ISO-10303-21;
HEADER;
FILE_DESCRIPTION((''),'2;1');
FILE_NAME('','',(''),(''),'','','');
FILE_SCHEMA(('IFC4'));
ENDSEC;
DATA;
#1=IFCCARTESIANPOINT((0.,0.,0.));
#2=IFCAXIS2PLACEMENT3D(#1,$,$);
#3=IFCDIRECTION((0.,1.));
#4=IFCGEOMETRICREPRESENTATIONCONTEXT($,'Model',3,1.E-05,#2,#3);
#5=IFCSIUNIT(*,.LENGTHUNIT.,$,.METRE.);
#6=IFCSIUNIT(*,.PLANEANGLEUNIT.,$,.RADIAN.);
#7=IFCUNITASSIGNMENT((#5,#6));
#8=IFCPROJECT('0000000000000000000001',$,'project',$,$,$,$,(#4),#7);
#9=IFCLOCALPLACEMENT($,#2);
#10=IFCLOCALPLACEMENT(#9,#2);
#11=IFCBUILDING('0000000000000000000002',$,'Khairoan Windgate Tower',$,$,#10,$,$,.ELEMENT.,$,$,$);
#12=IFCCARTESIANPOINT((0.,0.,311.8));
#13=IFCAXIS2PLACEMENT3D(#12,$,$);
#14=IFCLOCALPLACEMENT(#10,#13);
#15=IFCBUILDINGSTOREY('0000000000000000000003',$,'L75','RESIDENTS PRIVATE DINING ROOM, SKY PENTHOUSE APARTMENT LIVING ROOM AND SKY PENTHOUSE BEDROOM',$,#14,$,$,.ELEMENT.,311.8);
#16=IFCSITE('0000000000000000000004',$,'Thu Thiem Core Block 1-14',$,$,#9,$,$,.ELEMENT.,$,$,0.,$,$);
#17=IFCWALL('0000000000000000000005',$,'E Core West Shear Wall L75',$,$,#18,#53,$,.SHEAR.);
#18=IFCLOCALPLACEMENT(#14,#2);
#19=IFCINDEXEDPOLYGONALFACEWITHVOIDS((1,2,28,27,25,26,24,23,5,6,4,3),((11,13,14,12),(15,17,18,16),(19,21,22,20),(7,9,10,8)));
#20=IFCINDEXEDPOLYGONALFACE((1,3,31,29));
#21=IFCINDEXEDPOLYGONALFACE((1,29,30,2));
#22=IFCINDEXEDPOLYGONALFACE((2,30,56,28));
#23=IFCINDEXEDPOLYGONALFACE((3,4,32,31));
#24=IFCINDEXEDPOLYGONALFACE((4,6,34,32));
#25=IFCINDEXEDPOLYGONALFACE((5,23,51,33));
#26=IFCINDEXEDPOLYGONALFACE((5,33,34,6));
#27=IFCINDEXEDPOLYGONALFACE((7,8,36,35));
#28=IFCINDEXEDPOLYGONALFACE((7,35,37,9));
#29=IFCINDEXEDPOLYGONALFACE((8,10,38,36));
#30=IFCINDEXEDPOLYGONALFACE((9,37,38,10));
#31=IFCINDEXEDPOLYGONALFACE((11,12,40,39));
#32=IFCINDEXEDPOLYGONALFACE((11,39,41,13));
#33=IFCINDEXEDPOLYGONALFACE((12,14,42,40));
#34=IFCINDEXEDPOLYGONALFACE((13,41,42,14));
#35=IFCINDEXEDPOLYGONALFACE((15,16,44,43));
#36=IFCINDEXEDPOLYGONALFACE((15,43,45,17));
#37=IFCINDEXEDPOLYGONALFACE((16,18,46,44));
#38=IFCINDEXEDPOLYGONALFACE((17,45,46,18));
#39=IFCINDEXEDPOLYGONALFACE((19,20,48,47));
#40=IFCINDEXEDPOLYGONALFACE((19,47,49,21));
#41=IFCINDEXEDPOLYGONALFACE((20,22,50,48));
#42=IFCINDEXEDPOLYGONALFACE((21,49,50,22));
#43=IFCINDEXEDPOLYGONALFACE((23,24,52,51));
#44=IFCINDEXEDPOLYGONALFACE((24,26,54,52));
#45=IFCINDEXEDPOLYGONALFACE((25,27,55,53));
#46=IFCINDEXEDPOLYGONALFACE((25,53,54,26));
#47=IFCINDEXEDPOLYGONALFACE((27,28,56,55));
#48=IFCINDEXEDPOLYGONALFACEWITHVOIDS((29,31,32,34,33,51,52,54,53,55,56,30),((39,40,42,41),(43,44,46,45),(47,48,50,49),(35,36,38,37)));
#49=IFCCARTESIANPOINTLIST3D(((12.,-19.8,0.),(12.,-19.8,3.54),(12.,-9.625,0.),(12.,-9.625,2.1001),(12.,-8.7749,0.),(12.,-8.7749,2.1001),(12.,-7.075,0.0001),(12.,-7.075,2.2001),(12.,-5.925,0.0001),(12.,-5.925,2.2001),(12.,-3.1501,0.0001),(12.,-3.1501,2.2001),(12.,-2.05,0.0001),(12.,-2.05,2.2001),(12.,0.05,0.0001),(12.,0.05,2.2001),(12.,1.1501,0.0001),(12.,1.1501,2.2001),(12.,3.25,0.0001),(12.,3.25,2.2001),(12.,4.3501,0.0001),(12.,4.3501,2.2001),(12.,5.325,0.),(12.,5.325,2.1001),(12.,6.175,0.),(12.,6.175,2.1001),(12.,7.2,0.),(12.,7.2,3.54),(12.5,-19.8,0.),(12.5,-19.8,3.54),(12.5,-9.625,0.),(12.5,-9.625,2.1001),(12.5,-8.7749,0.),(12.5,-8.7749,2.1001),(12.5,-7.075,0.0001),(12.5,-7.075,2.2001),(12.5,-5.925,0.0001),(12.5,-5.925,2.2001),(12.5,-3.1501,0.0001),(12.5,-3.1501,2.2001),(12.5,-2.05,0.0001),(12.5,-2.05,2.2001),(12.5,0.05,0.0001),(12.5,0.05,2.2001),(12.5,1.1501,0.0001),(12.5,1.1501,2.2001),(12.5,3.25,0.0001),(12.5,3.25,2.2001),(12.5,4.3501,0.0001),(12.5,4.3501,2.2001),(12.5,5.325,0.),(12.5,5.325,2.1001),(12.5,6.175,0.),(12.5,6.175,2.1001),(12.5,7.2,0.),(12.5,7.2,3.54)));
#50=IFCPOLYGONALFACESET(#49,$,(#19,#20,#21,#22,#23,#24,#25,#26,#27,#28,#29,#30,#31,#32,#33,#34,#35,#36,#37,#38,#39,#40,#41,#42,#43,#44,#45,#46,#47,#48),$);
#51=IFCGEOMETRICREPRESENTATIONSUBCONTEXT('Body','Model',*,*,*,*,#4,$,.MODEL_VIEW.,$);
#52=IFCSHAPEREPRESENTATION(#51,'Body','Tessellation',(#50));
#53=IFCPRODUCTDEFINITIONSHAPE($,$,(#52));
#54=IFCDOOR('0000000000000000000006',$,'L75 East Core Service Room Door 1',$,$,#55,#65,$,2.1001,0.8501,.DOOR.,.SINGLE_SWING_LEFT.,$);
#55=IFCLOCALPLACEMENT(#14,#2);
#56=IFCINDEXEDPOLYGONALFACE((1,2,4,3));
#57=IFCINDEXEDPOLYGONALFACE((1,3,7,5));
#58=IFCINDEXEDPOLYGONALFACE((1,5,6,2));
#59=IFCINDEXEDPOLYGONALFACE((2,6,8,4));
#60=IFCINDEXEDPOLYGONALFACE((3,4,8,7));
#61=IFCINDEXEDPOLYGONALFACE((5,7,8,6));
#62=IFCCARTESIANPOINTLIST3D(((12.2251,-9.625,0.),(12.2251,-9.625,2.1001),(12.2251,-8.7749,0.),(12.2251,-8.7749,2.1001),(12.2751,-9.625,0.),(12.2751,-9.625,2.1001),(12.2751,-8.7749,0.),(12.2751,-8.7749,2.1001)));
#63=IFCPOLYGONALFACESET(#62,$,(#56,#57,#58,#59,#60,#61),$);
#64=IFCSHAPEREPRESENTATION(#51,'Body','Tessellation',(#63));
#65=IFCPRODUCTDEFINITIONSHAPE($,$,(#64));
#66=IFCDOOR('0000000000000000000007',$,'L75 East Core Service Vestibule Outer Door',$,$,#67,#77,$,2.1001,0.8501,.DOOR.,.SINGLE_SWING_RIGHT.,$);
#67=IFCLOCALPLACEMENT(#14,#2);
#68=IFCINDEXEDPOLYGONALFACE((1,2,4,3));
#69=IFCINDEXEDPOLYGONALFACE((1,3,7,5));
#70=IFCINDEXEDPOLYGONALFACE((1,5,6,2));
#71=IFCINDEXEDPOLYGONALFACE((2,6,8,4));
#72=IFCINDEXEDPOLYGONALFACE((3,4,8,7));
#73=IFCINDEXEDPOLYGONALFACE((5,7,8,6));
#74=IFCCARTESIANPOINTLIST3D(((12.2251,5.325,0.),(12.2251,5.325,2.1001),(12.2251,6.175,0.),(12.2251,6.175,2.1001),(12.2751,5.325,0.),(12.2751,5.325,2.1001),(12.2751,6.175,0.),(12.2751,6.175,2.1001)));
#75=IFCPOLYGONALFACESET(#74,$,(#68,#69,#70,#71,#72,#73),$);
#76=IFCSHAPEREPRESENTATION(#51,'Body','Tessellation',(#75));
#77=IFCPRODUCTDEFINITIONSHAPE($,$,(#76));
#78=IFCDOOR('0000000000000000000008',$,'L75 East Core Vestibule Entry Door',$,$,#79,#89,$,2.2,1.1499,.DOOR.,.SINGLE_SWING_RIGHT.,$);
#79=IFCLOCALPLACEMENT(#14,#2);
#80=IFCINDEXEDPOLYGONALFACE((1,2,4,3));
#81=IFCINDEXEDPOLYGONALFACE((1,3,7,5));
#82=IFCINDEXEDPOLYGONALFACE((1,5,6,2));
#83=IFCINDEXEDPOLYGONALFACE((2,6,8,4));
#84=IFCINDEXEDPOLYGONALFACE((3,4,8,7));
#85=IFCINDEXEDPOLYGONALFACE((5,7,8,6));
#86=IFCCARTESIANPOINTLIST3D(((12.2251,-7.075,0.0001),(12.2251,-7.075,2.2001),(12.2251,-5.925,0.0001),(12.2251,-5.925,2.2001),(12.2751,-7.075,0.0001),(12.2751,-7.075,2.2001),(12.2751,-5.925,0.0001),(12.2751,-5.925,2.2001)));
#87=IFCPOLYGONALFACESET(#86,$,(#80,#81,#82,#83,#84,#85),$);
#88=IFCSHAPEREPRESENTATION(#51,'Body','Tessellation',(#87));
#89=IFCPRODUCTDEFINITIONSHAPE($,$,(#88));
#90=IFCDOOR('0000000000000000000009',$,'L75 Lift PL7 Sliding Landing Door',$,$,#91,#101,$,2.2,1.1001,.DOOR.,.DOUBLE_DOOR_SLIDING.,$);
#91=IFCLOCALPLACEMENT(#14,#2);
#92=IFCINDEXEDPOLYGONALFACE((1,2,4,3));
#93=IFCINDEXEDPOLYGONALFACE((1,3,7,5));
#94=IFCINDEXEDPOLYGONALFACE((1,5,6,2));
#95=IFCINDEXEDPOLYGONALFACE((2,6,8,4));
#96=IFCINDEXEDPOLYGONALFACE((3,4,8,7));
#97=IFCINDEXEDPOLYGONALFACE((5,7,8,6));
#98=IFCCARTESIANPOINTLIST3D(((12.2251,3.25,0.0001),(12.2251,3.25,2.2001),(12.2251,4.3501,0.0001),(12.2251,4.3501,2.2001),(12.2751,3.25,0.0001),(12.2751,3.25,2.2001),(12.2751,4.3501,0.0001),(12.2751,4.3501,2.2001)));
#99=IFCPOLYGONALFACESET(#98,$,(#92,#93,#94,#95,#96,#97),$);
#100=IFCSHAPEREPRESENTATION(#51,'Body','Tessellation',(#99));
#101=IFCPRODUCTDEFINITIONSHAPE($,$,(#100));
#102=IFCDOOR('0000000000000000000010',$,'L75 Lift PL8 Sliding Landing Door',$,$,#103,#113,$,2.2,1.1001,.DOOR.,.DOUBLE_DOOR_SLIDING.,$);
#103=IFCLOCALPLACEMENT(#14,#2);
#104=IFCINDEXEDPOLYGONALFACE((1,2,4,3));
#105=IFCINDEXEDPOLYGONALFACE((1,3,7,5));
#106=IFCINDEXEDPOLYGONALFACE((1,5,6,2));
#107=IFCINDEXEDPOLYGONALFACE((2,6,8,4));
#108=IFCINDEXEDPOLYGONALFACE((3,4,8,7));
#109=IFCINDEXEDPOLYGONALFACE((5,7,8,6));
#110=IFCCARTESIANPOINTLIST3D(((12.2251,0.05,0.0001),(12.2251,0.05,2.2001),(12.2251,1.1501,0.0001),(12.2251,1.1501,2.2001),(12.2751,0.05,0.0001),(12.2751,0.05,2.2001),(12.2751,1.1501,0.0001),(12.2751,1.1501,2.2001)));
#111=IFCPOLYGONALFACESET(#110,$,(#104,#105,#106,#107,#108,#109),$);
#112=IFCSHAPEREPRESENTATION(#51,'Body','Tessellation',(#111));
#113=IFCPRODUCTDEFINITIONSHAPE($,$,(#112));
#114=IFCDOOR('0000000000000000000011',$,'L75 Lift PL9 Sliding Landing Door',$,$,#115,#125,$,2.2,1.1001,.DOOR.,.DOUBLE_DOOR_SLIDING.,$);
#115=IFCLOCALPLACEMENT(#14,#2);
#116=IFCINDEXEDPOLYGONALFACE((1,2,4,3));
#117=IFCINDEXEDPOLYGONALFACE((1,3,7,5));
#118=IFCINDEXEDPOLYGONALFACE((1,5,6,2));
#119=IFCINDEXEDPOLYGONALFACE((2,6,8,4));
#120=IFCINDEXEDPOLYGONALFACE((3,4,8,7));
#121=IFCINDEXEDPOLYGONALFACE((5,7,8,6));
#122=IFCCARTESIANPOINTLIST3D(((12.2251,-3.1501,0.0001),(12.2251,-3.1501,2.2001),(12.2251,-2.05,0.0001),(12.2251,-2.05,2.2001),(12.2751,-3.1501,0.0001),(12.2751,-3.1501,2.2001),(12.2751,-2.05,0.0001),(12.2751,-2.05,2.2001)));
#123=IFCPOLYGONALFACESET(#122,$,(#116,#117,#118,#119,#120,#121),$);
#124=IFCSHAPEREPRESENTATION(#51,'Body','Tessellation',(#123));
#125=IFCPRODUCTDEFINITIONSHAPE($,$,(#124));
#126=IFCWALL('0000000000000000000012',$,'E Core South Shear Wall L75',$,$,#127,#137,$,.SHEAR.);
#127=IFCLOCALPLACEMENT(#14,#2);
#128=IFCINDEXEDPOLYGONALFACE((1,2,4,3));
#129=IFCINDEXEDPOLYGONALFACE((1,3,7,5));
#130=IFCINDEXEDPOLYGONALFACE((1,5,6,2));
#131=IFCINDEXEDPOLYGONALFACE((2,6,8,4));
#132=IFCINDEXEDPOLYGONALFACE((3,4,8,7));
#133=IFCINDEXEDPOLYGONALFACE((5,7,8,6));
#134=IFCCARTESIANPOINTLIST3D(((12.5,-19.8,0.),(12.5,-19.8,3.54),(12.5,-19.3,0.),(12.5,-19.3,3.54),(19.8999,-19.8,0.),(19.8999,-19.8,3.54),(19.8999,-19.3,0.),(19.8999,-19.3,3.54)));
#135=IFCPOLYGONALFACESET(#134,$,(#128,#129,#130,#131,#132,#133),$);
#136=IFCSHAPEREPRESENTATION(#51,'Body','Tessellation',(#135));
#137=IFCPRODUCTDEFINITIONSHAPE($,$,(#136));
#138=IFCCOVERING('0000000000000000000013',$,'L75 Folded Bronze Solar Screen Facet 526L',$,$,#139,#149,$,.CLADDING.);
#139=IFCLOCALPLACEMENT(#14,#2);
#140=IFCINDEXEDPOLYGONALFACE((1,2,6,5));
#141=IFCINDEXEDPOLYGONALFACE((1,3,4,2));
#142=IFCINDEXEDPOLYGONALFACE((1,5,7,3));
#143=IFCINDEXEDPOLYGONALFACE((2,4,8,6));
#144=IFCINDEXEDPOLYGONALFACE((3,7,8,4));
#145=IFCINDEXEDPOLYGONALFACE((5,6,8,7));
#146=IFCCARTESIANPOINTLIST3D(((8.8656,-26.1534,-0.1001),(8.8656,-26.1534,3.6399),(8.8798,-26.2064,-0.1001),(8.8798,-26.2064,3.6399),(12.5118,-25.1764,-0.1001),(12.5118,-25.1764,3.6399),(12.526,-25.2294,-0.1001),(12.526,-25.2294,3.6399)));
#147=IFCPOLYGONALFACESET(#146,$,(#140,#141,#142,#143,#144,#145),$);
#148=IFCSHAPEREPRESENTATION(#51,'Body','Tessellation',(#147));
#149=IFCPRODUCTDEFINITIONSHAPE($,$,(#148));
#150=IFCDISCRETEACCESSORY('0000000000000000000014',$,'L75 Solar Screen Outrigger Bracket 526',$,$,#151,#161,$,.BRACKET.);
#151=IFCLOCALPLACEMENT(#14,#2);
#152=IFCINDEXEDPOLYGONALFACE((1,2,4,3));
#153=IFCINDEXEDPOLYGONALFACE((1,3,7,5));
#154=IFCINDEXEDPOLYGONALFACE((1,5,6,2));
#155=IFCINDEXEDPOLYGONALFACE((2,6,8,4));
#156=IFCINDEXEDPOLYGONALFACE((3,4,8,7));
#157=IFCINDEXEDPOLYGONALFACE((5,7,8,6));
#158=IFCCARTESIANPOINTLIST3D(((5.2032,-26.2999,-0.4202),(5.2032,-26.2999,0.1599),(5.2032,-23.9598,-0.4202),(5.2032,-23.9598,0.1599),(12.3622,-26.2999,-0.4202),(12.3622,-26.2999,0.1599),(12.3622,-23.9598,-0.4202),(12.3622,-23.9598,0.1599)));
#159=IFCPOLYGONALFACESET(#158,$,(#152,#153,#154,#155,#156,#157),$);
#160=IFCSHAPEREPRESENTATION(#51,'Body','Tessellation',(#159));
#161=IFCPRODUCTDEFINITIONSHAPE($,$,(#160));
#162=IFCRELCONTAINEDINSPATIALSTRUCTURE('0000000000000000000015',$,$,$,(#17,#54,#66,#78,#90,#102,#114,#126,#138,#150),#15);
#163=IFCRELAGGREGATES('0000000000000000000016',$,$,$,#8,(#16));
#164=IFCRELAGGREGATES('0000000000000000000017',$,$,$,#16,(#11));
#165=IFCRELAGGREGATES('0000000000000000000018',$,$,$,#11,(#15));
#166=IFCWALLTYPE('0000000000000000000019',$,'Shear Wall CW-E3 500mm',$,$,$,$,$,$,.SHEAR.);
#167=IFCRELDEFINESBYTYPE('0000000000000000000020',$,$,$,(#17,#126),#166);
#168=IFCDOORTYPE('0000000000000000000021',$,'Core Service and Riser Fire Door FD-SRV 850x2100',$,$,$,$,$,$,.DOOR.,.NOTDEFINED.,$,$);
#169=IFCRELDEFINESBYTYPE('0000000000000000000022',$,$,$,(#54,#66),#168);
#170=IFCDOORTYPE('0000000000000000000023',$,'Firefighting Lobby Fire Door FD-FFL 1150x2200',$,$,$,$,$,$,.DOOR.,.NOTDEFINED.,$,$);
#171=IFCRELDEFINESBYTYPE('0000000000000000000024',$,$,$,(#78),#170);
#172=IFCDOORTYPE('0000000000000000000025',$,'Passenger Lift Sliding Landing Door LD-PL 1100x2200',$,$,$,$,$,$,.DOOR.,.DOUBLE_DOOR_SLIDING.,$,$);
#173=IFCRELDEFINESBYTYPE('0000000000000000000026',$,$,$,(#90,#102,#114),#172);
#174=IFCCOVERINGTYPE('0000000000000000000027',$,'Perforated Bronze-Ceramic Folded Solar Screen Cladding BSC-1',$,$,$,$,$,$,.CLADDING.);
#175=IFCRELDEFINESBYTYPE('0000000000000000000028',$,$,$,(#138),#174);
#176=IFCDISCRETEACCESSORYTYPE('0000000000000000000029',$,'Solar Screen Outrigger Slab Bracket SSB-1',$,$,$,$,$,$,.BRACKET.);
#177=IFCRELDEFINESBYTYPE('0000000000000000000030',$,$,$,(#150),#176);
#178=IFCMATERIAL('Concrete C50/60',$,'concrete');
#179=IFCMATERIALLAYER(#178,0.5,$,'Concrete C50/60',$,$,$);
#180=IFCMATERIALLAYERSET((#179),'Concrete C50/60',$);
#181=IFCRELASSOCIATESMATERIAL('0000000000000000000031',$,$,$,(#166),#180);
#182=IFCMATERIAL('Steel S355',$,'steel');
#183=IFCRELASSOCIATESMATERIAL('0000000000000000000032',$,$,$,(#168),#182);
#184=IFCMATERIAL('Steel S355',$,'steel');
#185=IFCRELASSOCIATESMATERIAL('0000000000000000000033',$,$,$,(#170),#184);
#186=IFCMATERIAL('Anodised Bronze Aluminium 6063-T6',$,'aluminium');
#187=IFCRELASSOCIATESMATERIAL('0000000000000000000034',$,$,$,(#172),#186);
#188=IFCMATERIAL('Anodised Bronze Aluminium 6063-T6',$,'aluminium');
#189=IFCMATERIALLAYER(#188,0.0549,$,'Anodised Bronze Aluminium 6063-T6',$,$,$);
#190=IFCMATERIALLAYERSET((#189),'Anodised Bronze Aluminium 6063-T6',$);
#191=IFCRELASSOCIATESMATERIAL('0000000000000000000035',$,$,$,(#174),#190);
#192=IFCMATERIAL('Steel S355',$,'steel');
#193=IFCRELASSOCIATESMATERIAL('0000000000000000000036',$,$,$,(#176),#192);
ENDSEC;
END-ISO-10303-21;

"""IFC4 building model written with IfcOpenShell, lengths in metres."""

from ifc_helpers import new_model, si_unit, direction, frame, frame_2d, origin, origin_2d, place, context, subcontext, project, spatial, rectangle, extrude, material, layer, layer_set, type_object, element, fill, save


model = new_model("IFC4")

# Units and contexts
model_context = context("Model", 3, precision=1e-05, world=origin(), true_north=direction((0.0, 1.0)))
body_context = subcontext(model_context, "Body", "Model", "MODEL_VIEW")
ifc_project = project(units=[si_unit("LENGTHUNIT", "METRE"), si_unit("PLANEANGLEUNIT", "RADIAN")], contexts=[model_context])

# Site, building, storey
site_placement = place(None, origin())
site = spatial("IfcSite", under=ifc_project, at=site_placement, Name="Thu Thiem Core Block 1-14", CompositionType="ELEMENT", RefElevation=0.0)
building_placement = place(site_placement, origin())
building = spatial("IfcBuilding", under=site, at=building_placement, Name="Khairoan Windgate Tower", CompositionType="ELEMENT")
storey_placement = place(building_placement, frame((0.0, 0.0, 311.8)))
storey = spatial("IfcBuildingStorey", under=building, at=storey_placement, Name="L75", Description="RESIDENTS PRIVATE DINING ROOM, SKY PENTHOUSE APARTMENT LIVING ROOM AND SKY PENTHOUSE BEDROOM", CompositionType="ELEMENT", Elevation=311.8)

# Wall, openings, doors
ifc_material_1 = material(Name="Concrete C50/60", Category="concrete")
ifc_layer_1 = layer(ifc_material_1, 0.5, Name="Concrete C50/60")
ifc_layer_set_1 = layer_set([ifc_layer_1], Name="Concrete C50/60")
wall_type_1 = type_object("IfcWallType", Name="Shear Wall CW-E3 500mm", PredefinedType="SHEAR", material=ifc_layer_set_1)
wall_1_placement = place(storey_placement, frame((12.25, -19.8, 0.0), z_axis=(0.0, 0.0, 1.0), x_axis=(0.0, 1.0, 0.0)))
wall_1 = element("IfcWall", 1, at=wall_1_placement, inside=storey, type_object=wall_type_1, Name="E Core West Shear Wall L75", PredefinedType="SHEAR", context=body_context, shape_type="SweptSolid", body=[
    extrude(rectangle(XDim=27.0, YDim=0.5, at=frame_2d((13.5, 0.0))), origin(), (0.0, 0.0, 1.0), 3.54),
])
opening_1_placement = place(wall_1_placement, frame((23.05, 0.0, 0.0)))
opening_1 = element("IfcOpeningElement", 2, at=opening_1_placement, cuts=wall_1, PredefinedType="OPENING", context=body_context, shape_type="SweptSolid", body=[
    extrude(rectangle(XDim=1.1001, YDim=2.2, at=frame_2d((0.55, 1.1001))), frame((0.0, 0.26, 0.0), z_axis=(0.0, -1.0, 0.0), x_axis=(1.0, 0.0, 0.0)), (0.0, 0.0, 1.0), 0.52),
])
opening_2_placement = place(wall_1_placement, frame((19.8501, 0.0, 0.0)))
opening_2 = element("IfcOpeningElement", 3, at=opening_2_placement, cuts=wall_1, PredefinedType="OPENING", context=body_context, shape_type="SweptSolid", body=[
    extrude(rectangle(XDim=1.1001, YDim=2.2, at=frame_2d((0.55, 1.1001))), frame((0.0, 0.26, 0.0), z_axis=(0.0, -1.0, 0.0), x_axis=(1.0, 0.0, 0.0)), (0.0, 0.0, 1.0), 0.52),
])
opening_3_placement = place(wall_1_placement, frame((16.6499, 0.0, 0.0)))
opening_3 = element("IfcOpeningElement", 4, at=opening_3_placement, cuts=wall_1, PredefinedType="OPENING", context=body_context, shape_type="SweptSolid", body=[
    extrude(rectangle(XDim=1.1001, YDim=2.2, at=frame_2d((0.55, 1.1001))), frame((0.0, 0.26, 0.0), z_axis=(0.0, -1.0, 0.0), x_axis=(1.0, 0.0, 0.0)), (0.0, 0.0, 1.0), 0.52),
])
opening_4_placement = place(wall_1_placement, frame((10.175, 0.0, 0.0)))
opening_4 = element("IfcOpeningElement", 5, at=opening_4_placement, cuts=wall_1, PredefinedType="OPENING", context=body_context, shape_type="SweptSolid", body=[
    extrude(rectangle(XDim=0.8501, YDim=2.1001, at=frame_2d((0.425, 1.05))), frame((0.0, 0.26, 0.0), z_axis=(0.0, -1.0, 0.0), x_axis=(1.0, 0.0, 0.0)), (0.0, 0.0, 1.0), 0.52),
])
opening_5_placement = place(wall_1_placement, frame((12.7251, 0.0, 0.0)))
opening_5 = element("IfcOpeningElement", 6, at=opening_5_placement, cuts=wall_1, PredefinedType="OPENING", context=body_context, shape_type="SweptSolid", body=[
    extrude(rectangle(XDim=1.1499, YDim=2.2, at=frame_2d((0.575, 1.1001))), frame((0.0, 0.26, 0.0), z_axis=(0.0, -1.0, 0.0), x_axis=(1.0, 0.0, 0.0)), (0.0, 0.0, 1.0), 0.52),
])
opening_6_placement = place(wall_1_placement, frame((25.125, 0.0, 0.0)))
opening_6 = element("IfcOpeningElement", 7, at=opening_6_placement, cuts=wall_1, PredefinedType="OPENING", context=body_context, shape_type="SweptSolid", body=[
    extrude(rectangle(XDim=0.8501, YDim=2.1001, at=frame_2d((0.425, 1.05))), frame((0.0, 0.26, 0.0), z_axis=(0.0, -1.0, 0.0), x_axis=(1.0, 0.0, 0.0)), (0.0, 0.0, 1.0), 0.52),
])
ifc_material_2 = material(Name="Steel S355", Category="steel")
door_type_1 = type_object("IfcDoorType", Name="Core Service and Riser Fire Door FD-SRV 850x2100", OperationType="NOTDEFINED", PredefinedType="DOOR", material=ifc_material_2)
door_1_placement = place(opening_4_placement, origin())
door_1 = element("IfcDoor", 8, at=door_1_placement, inside=storey, type_object=door_type_1, Name="L75 East Core Service Room Door 1", OperationType="SINGLE_SWING_LEFT", OverallHeight=2.1001, OverallWidth=0.8501, PredefinedType="DOOR", context=body_context, shape_type="SweptSolid", body=[
    extrude(rectangle(XDim=0.8501, YDim=2.1001, at=frame_2d((0.425, 1.05))), frame((0.0, 0.0249, 0.0), z_axis=(0.0, -1.0, 0.0), x_axis=(1.0, 0.0, 0.0)), (0.0, 0.0, 1.0), 0.05),
])
fill(opening_4, door_1)
door_2_placement = place(opening_6_placement, origin())
door_2 = element("IfcDoor", 9, at=door_2_placement, inside=storey, type_object=door_type_1, Name="L75 East Core Service Vestibule Outer Door", OperationType="SINGLE_SWING_RIGHT", OverallHeight=2.1001, OverallWidth=0.8501, PredefinedType="DOOR", context=body_context, shape_type="SweptSolid", body=[
    extrude(rectangle(XDim=0.8501, YDim=2.1001, at=frame_2d((0.425, 1.05))), frame((0.0, 0.0249, 0.0), z_axis=(0.0, -1.0, 0.0), x_axis=(1.0, 0.0, 0.0)), (0.0, 0.0, 1.0), 0.05),
])
fill(opening_6, door_2)
ifc_material_3 = material(Name="Steel S355", Category="steel")
door_type_2 = type_object("IfcDoorType", Name="Firefighting Lobby Fire Door FD-FFL 1150x2200", OperationType="NOTDEFINED", PredefinedType="DOOR", material=ifc_material_3)
door_3_placement = place(opening_5_placement, origin())
door_3 = element("IfcDoor", 10, at=door_3_placement, inside=storey, type_object=door_type_2, Name="L75 East Core Vestibule Entry Door", OperationType="SINGLE_SWING_RIGHT", OverallHeight=2.2, OverallWidth=1.1499, PredefinedType="DOOR", context=body_context, shape_type="SweptSolid", body=[
    extrude(rectangle(XDim=1.1499, YDim=2.2, at=frame_2d((0.575, 1.1001))), frame((0.0, 0.0249, 0.0), z_axis=(0.0, -1.0, 0.0), x_axis=(1.0, 0.0, 0.0)), (0.0, 0.0, 1.0), 0.05),
])
fill(opening_5, door_3)
ifc_material_4 = material(Name="Anodised Bronze Aluminium 6063-T6", Category="aluminium")
door_type_3 = type_object("IfcDoorType", Name="Passenger Lift Sliding Landing Door LD-PL 1100x2200", OperationType="DOUBLE_DOOR_SLIDING", PredefinedType="DOOR", material=ifc_material_4)
door_4_placement = place(opening_1_placement, origin())
door_4 = element("IfcDoor", 11, at=door_4_placement, inside=storey, type_object=door_type_3, Name="L75 Lift PL7 Sliding Landing Door", OperationType="DOUBLE_DOOR_SLIDING", OverallHeight=2.2, OverallWidth=1.1001, PredefinedType="DOOR", context=body_context, shape_type="SweptSolid", body=[
    extrude(rectangle(XDim=1.1001, YDim=2.2, at=frame_2d((0.55, 1.1001))), frame((0.0, 0.0249, 0.0), z_axis=(0.0, -1.0, 0.0), x_axis=(1.0, 0.0, 0.0)), (0.0, 0.0, 1.0), 0.05),
])
fill(opening_1, door_4)
door_5_placement = place(opening_2_placement, origin())
door_5 = element("IfcDoor", 12, at=door_5_placement, inside=storey, type_object=door_type_3, Name="L75 Lift PL8 Sliding Landing Door", OperationType="DOUBLE_DOOR_SLIDING", OverallHeight=2.2, OverallWidth=1.1001, PredefinedType="DOOR", context=body_context, shape_type="SweptSolid", body=[
    extrude(rectangle(XDim=1.1001, YDim=2.2, at=frame_2d((0.55, 1.1001))), frame((0.0, 0.0249, 0.0), z_axis=(0.0, -1.0, 0.0), x_axis=(1.0, 0.0, 0.0)), (0.0, 0.0, 1.0), 0.05),
])
fill(opening_2, door_5)
door_6_placement = place(opening_3_placement, origin())
door_6 = element("IfcDoor", 13, at=door_6_placement, inside=storey, type_object=door_type_3, Name="L75 Lift PL9 Sliding Landing Door", OperationType="DOUBLE_DOOR_SLIDING", OverallHeight=2.2, OverallWidth=1.1001, PredefinedType="DOOR", context=body_context, shape_type="SweptSolid", body=[
    extrude(rectangle(XDim=1.1001, YDim=2.2, at=frame_2d((0.55, 1.1001))), frame((0.0, 0.0249, 0.0), z_axis=(0.0, -1.0, 0.0), x_axis=(1.0, 0.0, 0.0)), (0.0, 0.0, 1.0), 0.05),
])
fill(opening_3, door_6)

# Wall
wall_2_placement = place(storey_placement, frame((12.5, -19.55, 0.0), z_axis=(0.0, 0.0, 1.0), x_axis=(1.0, 0.0, 0.0)))
element("IfcWall", 14, at=wall_2_placement, inside=storey, type_object=wall_type_1, Name="E Core South Shear Wall L75", PredefinedType="SHEAR", context=body_context, shape_type="SweptSolid", body=[
    extrude(rectangle(XDim=7.3999, YDim=0.5, at=frame_2d((3.7, 0.0))), origin(), (0.0, 0.0, 1.0), 3.54),
])

# Covering
ifc_material_5 = material(Name="Anodised Bronze Aluminium 6063-T6", Category="aluminium")
ifc_layer_2 = layer(ifc_material_5, 0.0549, Name="Anodised Bronze Aluminium 6063-T6")
ifc_layer_set_2 = layer_set([ifc_layer_2], Name="Anodised Bronze Aluminium 6063-T6")
covering_type = type_object("IfcCoveringType", Name="Perforated Bronze-Ceramic Folded Solar Screen Cladding BSC-1", PredefinedType="CLADDING", material=ifc_layer_set_2)
covering_placement = place(storey_placement, frame((10.6958, -25.6914, -0.1001), z_axis=(0.0, 0.0, 1.0), x_axis=(-0.965926, -0.258819, 0.0)))
element("IfcCovering", 15, at=covering_placement, inside=storey, type_object=covering_type, Name="L75 Folded Bronze Solar Screen Facet 526L", PredefinedType="CLADDING", context=body_context, shape_type="SweptSolid", body=[
    extrude(rectangle(XDim=3.7749, YDim=0.0549, at=origin_2d()), origin(), (0.0, 0.0, 1.0), 3.74),
])

# Discrete accessory
ifc_material_6 = material(Name="Steel S355", Category="steel")
discrete_accessory_type = type_object("IfcDiscreteAccessoryType", Name="Solar Screen Outrigger Slab Bracket SSB-1", PredefinedType="BRACKET", material=ifc_material_6)
discrete_accessory_placement = place(storey_placement, frame((8.7827, -25.1299, -0.4202), z_axis=(0.0, 0.0, 1.0), x_axis=(-1.0, 0.0, 0.0)))
element("IfcDiscreteAccessory", 16, at=discrete_accessory_placement, inside=storey, type_object=discrete_accessory_type, Name="L75 Solar Screen Outrigger Bracket 526", PredefinedType="BRACKET", context=body_context, shape_type="SweptSolid", body=[
    extrude(rectangle(XDim=7.1589, YDim=2.3401, at=origin_2d()), origin(), (0.0, 0.0, 1.0), 0.5801),
])

save(model, "model.ifc")
